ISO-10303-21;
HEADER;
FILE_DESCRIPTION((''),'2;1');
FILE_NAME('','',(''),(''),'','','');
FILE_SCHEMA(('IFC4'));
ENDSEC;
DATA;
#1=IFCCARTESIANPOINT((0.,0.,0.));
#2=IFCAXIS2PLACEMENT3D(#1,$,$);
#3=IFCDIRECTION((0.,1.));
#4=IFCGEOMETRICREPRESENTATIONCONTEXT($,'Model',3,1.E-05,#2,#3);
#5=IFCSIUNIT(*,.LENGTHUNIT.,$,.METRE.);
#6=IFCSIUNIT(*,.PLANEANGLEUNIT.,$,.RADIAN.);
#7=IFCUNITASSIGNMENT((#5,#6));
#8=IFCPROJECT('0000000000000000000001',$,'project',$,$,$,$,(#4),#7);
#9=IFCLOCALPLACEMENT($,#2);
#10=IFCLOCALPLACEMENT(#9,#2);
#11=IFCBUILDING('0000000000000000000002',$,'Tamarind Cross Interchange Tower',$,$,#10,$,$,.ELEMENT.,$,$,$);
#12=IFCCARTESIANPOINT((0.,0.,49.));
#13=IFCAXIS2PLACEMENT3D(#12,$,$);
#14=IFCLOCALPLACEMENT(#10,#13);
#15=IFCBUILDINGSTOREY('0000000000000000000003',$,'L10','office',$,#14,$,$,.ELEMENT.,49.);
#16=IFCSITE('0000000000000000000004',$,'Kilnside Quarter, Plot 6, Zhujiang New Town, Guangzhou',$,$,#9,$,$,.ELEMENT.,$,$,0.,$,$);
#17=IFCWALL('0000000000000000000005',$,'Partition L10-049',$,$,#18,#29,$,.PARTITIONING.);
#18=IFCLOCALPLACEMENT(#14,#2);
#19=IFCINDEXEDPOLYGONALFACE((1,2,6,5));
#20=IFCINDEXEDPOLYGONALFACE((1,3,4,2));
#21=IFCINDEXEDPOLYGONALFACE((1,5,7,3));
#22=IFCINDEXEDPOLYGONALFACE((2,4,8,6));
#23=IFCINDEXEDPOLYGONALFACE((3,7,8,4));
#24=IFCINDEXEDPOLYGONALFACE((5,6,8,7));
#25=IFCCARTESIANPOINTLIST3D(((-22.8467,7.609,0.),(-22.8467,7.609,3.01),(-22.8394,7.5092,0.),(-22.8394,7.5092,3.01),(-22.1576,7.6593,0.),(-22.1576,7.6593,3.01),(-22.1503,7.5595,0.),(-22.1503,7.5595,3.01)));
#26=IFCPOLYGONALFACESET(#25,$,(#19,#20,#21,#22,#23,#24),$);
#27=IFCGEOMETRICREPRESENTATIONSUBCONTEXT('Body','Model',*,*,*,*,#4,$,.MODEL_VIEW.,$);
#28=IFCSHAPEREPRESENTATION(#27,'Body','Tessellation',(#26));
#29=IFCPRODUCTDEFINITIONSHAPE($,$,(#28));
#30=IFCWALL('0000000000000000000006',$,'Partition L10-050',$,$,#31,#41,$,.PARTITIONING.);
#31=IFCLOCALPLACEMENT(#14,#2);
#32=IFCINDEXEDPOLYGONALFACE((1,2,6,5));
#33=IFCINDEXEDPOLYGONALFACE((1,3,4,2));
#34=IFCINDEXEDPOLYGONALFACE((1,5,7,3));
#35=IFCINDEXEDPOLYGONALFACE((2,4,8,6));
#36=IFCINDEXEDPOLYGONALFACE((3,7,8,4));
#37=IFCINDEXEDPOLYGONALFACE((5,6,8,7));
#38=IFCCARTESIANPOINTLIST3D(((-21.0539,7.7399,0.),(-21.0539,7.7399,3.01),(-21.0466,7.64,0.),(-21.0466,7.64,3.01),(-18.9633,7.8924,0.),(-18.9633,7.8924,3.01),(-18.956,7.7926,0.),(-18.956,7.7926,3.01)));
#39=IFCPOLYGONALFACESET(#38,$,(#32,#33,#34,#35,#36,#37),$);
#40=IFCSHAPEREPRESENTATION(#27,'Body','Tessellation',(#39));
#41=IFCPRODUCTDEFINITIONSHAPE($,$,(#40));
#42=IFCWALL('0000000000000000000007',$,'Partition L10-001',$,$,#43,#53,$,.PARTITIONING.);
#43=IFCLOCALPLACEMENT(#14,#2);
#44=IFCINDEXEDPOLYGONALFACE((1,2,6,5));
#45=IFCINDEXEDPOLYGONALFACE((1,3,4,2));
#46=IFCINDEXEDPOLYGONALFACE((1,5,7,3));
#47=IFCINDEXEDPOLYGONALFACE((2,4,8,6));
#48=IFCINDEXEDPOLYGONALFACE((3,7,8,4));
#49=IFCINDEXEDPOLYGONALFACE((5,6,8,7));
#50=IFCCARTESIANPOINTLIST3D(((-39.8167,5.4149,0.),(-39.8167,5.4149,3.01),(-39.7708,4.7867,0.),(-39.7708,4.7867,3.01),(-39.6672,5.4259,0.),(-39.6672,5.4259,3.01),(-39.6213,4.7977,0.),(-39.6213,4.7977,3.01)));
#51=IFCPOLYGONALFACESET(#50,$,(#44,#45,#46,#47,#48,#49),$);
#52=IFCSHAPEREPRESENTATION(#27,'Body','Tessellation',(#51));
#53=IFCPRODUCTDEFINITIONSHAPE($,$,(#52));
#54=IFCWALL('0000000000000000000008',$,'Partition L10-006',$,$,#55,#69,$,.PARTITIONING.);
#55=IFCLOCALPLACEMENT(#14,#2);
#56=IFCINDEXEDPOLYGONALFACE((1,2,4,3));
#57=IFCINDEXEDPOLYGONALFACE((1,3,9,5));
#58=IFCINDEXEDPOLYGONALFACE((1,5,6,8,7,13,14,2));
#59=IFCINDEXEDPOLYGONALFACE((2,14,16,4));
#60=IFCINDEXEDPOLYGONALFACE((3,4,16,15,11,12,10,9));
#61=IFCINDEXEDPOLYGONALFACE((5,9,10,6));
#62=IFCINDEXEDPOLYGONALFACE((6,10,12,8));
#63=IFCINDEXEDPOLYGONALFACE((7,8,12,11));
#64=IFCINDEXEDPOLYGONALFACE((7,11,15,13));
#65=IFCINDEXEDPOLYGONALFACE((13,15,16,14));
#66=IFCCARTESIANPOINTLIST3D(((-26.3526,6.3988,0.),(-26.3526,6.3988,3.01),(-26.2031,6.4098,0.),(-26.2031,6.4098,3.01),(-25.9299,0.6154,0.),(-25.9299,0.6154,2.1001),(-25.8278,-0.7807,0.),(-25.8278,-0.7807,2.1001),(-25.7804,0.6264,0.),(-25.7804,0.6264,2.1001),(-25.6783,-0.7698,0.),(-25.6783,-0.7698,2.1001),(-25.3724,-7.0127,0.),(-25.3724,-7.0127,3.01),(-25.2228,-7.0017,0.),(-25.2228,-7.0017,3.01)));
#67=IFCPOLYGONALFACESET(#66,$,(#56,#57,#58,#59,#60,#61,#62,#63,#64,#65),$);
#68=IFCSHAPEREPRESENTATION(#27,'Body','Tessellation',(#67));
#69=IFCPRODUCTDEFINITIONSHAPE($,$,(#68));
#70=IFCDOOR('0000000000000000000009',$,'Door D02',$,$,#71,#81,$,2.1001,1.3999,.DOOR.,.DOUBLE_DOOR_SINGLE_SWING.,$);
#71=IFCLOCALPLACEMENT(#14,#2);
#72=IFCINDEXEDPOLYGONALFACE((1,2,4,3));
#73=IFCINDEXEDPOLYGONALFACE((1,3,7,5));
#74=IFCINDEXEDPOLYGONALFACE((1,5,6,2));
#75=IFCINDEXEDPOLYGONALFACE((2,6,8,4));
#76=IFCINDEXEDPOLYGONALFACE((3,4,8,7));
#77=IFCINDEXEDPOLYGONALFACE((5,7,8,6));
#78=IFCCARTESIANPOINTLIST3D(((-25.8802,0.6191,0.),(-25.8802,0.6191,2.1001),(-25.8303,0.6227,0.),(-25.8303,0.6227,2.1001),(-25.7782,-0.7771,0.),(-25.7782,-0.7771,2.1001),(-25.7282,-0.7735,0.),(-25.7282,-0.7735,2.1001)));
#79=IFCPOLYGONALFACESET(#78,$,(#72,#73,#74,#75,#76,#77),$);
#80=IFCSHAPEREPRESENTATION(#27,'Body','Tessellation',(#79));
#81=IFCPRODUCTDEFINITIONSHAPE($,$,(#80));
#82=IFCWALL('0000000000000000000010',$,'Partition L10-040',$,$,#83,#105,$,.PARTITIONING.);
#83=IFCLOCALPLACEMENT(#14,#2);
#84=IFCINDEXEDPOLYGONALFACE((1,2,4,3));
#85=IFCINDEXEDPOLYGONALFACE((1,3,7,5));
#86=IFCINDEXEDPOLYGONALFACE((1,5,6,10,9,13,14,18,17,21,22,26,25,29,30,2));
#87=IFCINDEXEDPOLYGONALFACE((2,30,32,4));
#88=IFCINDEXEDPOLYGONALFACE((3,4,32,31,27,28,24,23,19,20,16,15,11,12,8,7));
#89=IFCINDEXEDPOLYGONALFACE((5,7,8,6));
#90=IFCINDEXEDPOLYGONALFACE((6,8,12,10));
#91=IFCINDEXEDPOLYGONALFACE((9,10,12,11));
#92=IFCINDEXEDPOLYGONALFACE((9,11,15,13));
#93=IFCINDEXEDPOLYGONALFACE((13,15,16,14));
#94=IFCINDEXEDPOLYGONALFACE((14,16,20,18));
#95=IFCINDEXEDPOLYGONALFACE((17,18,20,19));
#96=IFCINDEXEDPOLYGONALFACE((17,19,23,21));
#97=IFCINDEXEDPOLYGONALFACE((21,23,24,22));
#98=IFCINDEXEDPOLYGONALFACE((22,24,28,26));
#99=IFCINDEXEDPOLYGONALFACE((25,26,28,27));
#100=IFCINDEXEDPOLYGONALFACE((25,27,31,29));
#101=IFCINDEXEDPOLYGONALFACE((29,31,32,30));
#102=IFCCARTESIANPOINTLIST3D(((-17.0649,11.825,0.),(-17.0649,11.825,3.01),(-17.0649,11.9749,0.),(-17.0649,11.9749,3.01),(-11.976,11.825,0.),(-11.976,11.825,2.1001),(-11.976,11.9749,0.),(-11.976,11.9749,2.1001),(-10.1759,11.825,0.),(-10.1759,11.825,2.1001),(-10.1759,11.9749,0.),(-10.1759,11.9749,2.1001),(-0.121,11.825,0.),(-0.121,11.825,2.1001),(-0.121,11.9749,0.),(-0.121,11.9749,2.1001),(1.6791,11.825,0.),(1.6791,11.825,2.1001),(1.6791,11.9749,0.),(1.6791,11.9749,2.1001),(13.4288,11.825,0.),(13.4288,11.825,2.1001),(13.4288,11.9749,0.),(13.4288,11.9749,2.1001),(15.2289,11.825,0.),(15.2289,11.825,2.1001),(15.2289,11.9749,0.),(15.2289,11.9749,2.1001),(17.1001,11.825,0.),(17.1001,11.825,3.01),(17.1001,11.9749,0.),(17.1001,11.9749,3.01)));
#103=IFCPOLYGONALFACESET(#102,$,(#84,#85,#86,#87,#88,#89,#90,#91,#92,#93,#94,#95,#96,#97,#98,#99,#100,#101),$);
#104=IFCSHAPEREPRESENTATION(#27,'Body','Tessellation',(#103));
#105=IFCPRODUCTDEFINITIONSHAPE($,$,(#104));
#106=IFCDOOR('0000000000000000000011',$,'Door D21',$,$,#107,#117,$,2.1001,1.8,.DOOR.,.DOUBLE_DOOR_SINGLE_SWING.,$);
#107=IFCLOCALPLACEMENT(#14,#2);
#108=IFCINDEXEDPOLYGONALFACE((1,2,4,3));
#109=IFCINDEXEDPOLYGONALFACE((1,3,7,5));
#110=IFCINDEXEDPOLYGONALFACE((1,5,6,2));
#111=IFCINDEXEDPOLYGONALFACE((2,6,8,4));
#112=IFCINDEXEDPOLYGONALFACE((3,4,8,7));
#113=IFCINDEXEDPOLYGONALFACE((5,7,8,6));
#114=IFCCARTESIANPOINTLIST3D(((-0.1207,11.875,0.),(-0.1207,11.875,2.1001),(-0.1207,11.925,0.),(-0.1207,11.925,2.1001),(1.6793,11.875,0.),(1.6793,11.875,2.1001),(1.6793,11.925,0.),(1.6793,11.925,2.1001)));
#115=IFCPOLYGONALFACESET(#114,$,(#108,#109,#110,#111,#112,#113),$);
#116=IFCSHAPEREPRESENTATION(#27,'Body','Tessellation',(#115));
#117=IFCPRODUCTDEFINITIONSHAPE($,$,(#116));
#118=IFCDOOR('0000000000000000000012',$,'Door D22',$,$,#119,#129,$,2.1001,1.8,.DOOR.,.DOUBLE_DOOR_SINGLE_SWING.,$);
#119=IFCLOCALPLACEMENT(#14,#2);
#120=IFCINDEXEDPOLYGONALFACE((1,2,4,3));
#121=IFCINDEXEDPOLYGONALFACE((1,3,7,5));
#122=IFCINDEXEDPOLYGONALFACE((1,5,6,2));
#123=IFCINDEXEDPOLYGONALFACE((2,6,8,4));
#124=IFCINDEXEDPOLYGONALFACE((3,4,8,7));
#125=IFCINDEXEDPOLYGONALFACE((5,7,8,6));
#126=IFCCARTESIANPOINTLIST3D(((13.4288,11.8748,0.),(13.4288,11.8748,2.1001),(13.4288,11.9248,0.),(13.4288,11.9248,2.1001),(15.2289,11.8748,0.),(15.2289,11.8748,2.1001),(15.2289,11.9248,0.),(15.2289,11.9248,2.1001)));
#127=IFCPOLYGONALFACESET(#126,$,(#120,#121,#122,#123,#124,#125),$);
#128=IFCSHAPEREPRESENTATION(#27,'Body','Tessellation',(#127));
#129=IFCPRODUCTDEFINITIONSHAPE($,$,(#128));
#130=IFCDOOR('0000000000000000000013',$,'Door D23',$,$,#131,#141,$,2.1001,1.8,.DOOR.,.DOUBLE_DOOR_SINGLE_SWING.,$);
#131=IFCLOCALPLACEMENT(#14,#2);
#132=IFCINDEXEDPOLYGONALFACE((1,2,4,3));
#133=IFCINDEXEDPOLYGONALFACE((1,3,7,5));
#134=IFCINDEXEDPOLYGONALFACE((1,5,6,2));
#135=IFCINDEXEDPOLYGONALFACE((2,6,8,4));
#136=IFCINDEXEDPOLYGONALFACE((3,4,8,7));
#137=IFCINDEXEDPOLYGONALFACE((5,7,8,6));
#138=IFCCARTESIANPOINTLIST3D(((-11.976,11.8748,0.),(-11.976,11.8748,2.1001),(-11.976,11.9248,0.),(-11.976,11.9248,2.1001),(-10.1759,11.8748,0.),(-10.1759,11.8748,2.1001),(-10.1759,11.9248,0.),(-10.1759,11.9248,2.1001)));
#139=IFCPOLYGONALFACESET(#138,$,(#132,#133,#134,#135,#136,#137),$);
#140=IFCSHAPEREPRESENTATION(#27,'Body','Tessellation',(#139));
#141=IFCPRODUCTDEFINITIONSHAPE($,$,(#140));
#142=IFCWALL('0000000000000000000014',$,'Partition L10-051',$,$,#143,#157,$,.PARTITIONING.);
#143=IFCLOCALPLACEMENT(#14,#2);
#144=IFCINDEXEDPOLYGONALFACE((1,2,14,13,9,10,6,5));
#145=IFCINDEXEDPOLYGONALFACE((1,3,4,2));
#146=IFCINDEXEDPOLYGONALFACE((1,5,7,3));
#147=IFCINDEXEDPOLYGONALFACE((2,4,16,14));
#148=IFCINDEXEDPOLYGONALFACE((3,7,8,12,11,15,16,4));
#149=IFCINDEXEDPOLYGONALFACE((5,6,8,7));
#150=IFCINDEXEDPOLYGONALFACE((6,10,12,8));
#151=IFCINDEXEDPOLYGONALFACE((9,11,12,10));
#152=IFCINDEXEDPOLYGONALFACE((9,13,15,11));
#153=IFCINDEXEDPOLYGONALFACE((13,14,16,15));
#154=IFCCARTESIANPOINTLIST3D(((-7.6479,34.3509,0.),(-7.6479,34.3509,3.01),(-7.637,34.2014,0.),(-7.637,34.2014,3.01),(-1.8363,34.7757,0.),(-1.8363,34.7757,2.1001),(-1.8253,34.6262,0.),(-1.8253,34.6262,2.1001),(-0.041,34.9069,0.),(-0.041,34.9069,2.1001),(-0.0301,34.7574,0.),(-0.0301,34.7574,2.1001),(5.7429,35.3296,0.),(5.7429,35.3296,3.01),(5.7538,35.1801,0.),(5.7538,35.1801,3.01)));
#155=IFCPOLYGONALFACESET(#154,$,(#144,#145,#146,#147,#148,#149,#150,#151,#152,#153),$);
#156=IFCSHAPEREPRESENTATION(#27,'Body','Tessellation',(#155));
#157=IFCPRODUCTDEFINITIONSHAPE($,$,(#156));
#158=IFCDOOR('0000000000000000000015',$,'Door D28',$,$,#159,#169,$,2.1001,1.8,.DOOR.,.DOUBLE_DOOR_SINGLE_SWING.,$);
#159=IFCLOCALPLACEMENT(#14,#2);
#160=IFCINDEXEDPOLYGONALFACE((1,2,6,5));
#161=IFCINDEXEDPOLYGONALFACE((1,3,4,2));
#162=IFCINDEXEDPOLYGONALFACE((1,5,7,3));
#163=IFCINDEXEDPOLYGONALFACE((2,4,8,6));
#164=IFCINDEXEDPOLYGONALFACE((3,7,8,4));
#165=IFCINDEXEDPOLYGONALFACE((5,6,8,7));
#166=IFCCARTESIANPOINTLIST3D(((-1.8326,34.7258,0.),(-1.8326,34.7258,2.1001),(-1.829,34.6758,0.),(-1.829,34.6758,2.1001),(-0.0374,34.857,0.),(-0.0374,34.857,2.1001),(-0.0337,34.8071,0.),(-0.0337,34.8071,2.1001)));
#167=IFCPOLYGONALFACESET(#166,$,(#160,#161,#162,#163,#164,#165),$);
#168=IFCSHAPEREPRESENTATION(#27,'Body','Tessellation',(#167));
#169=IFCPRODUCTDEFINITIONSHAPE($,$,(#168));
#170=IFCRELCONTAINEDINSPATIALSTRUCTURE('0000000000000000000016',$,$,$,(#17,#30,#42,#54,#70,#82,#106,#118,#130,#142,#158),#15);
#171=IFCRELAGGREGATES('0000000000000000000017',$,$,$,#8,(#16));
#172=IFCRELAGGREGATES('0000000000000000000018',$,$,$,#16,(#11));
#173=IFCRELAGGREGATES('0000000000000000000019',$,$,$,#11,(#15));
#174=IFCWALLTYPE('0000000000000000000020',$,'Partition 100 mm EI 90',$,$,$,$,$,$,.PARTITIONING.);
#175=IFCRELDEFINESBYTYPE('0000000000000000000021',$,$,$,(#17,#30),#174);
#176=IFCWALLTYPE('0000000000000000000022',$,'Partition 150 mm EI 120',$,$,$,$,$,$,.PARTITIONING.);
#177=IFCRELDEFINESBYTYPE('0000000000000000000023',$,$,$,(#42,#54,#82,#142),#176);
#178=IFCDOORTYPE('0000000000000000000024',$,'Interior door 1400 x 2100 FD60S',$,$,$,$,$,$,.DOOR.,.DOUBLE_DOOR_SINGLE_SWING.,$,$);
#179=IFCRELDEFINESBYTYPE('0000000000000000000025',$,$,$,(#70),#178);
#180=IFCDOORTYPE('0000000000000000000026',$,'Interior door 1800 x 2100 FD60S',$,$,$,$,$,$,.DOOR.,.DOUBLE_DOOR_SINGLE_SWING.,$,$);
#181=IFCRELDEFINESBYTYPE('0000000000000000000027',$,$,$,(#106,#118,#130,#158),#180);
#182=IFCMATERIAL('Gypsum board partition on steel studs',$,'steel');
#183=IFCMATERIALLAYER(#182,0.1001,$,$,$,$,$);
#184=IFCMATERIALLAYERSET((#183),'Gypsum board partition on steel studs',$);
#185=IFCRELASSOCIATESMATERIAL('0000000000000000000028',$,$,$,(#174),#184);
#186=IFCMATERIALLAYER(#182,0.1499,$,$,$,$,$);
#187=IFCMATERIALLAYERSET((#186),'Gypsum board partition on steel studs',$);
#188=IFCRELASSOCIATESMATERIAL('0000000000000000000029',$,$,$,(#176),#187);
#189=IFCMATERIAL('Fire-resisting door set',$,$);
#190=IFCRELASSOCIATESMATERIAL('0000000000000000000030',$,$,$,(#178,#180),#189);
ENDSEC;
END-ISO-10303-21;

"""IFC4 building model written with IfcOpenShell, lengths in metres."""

from ifc_helpers import new_model, si_unit, direction, frame, frame_2d, origin, place, context, subcontext, project, spatial, rectangle, extrude, material, layer, layer_set, type_object, element, fill, save


model = new_model("IFC4")

# Units and contexts
model_context = context("Model", 3, precision=1e-05, world=origin(), true_north=direction((0.0, 1.0)))
body_context = subcontext(model_context, "Body", "Model", "MODEL_VIEW")
ifc_project = project(units=[si_unit("LENGTHUNIT", "METRE"), si_unit("PLANEANGLEUNIT", "RADIAN")], contexts=[model_context])

# Site, building, storey
site_placement = place(None, origin())
site = spatial("IfcSite", under=ifc_project, at=site_placement, Name="Kilnside Quarter, Plot 6, Zhujiang New Town, Guangzhou", CompositionType="ELEMENT", RefElevation=0.0)
building_placement = place(site_placement, origin())
building = spatial("IfcBuilding", under=site, at=building_placement, Name="Tamarind Cross Interchange Tower", CompositionType="ELEMENT")
storey_placement = place(building_placement, frame((0.0, 0.0, 49.0)))
storey = spatial("IfcBuildingStorey", under=building, at=storey_placement, Name="L10", Description="office", CompositionType="ELEMENT", Elevation=49.0)

# Walls
ifc_material_1 = material(Name="Gypsum board partition on steel studs", Category="steel")
ifc_layer_1 = layer(ifc_material_1, 0.1001)
ifc_layer_set_1 = layer_set([ifc_layer_1], Name="Gypsum board partition on steel studs")
wall_type_1 = type_object("IfcWallType", Name="Partition 100 mm EI 90", PredefinedType="PARTITIONING", material=ifc_layer_set_1)
wall_1_placement = place(storey_placement, frame((-22.843, 7.5591, 0.0), z_axis=(0.0, 0.0, 1.0), x_axis=(0.997346, 0.072804, 0.0)))
element("IfcWall", 1, at=wall_1_placement, inside=storey, type_object=wall_type_1, Name="Partition L10-049", PredefinedType="PARTITIONING", context=body_context, shape_type="SweptSolid", body=[
    extrude(rectangle(XDim=0.6909, YDim=0.1001, at=frame_2d((0.3455, 0.0))), origin(), (0.0, 0.0, 1.0), 3.01),
])
wall_2_placement = place(storey_placement, frame((-21.0503, 7.6899, 0.0), z_axis=(0.0, 0.0, 1.0), x_axis=(0.997347, 0.072795, 0.0)))
element("IfcWall", 2, at=wall_2_placement, inside=storey, type_object=wall_type_1, Name="Partition L10-050", PredefinedType="PARTITIONING", context=body_context, shape_type="SweptSolid", body=[
    extrude(rectangle(XDim=2.0962, YDim=0.1001, at=frame_2d((1.0481, 0.0))), origin(), (0.0, 0.0, 1.0), 3.01),
])
ifc_layer_2 = layer(ifc_material_1, 0.1499)
ifc_layer_set_2 = layer_set([ifc_layer_2], Name="Gypsum board partition on steel studs")
wall_type_2 = type_object("IfcWallType", Name="Partition 150 mm EI 120", PredefinedType="PARTITIONING", material=ifc_layer_set_2)
wall_3_placement = place(storey_placement, frame((-39.7419, 5.4204, 0.0), z_axis=(0.0, 0.0, 1.0), x_axis=(0.072872, -0.997341, 0.0)))
element("IfcWall", 3, at=wall_3_placement, inside=storey, type_object=wall_type_2, Name="Partition L10-001", PredefinedType="PARTITIONING", context=body_context, shape_type="SweptSolid", body=[
    extrude(rectangle(XDim=0.6299, YDim=0.1499, at=frame_2d((0.3149, 0.0))), origin(), (0.0, 0.0, 1.0), 3.01),
])

# Wall, opening, door
wall_4_placement = place(storey_placement, frame((-26.2778, 6.4043, 0.0), z_axis=(0.0, 0.0, 1.0), x_axis=(0.072895, -0.99734, 0.0)))
wall_4 = element("IfcWall", 4, at=wall_4_placement, inside=storey, type_object=wall_type_2, Name="Partition L10-006", PredefinedType="PARTITIONING", context=body_context, shape_type="SweptSolid", body=[
    extrude(rectangle(XDim=13.4473, YDim=0.1499, at=frame_2d((6.7236, 0.0))), origin(), (0.0, 0.0, 1.0), 3.01),
])
opening_1_placement = place(wall_4_placement, frame((5.7988, 0.0, 0.0)))
opening_1 = element("IfcOpeningElement", 5, at=opening_1_placement, cuts=wall_4, PredefinedType="OPENING", context=body_context, shape_type="SweptSolid", body=[
    extrude(rectangle(XDim=1.3999, YDim=2.1001, at=frame_2d((0.7, 1.05))), frame((0.0, 0.085, 0.0), z_axis=(0.0, -1.0, 0.0), x_axis=(1.0, 0.0, 0.0)), (0.0, 0.0, 1.0), 0.1699),
])
ifc_material_2 = material(Name="Fire-resisting door set")
door_type_1 = type_object("IfcDoorType", Name="Interior door 1400 x 2100 FD60S", OperationType="DOUBLE_DOOR_SINGLE_SWING", PredefinedType="DOOR", material=ifc_material_2)
door_1_placement = place(opening_1_placement, origin())
door_1 = element("IfcDoor", 6, at=door_1_placement, inside=storey, type_object=door_type_1, Name="Door D02", OperationType="DOUBLE_DOOR_SINGLE_SWING", OverallHeight=2.1001, OverallWidth=1.3999, PredefinedType="DOOR", context=body_context, shape_type="SweptSolid", body=[
    extrude(rectangle(XDim=1.3999, YDim=2.1001, at=frame_2d((0.7, 1.05))), frame((0.0, 0.0249, 0.0), z_axis=(0.0, -1.0, 0.0), x_axis=(1.0, 0.0, 0.0)), (0.0, 0.0, 1.0), 0.05),
])
fill(opening_1, door_1)

# Wall, openings, doors
wall_5_placement = place(storey_placement, frame((-17.0649, 11.8999, 0.0), z_axis=(0.0, 0.0, 1.0), x_axis=(1.0, 0.0, 0.0)))
wall_5 = element("IfcWall", 7, at=wall_5_placement, inside=storey, type_object=wall_type_2, Name="Partition L10-040", PredefinedType="PARTITIONING", context=body_context, shape_type="SweptSolid", body=[
    extrude(rectangle(XDim=34.165, YDim=0.1499, at=frame_2d((17.0825, 0.0))), origin(), (0.0, 0.0, 1.0), 3.01),
])
opening_2_placement = place(wall_5_placement, frame((16.9441, 0.0, 0.0)))
opening_2 = element("IfcOpeningElement", 8, at=opening_2_placement, cuts=wall_5, PredefinedType="OPENING", context=body_context, shape_type="SweptSolid", body=[
    extrude(rectangle(XDim=1.8, YDim=2.1001, at=frame_2d((0.8999, 1.05))), frame((0.0, 0.085, 0.0), z_axis=(0.0, -1.0, 0.0), x_axis=(1.0, 0.0, 0.0)), (0.0, 0.0, 1.0), 0.1699),
])
opening_3_placement = place(wall_5_placement, frame((30.4939, 0.0, 0.0)))
opening_3 = element("IfcOpeningElement", 9, at=opening_3_placement, cuts=wall_5, PredefinedType="OPENING", context=body_context, shape_type="SweptSolid", body=[
    extrude(rectangle(XDim=1.8, YDim=2.1001, at=frame_2d((0.8999, 1.05))), frame((0.0, 0.085, 0.0), z_axis=(0.0, -1.0, 0.0), x_axis=(1.0, 0.0, 0.0)), (0.0, 0.0, 1.0), 0.1699),
])
opening_4_placement = place(wall_5_placement, frame((5.0891, 0.0, 0.0)))
opening_4 = element("IfcOpeningElement", 10, at=opening_4_placement, cuts=wall_5, PredefinedType="OPENING", context=body_context, shape_type="SweptSolid", body=[
    extrude(rectangle(XDim=1.8, YDim=2.1001, at=frame_2d((0.8999, 1.05))), frame((0.0, 0.085, 0.0), z_axis=(0.0, -1.0, 0.0), x_axis=(1.0, 0.0, 0.0)), (0.0, 0.0, 1.0), 0.1699),
])
door_type_2 = type_object("IfcDoorType", Name="Interior door 1800 x 2100 FD60S", OperationType="DOUBLE_DOOR_SINGLE_SWING", PredefinedType="DOOR", material=ifc_material_2)
door_2_placement = place(opening_2_placement, frame((1.8, 0.0, 0.0), z_axis=(0.0, 0.0, 1.0), x_axis=(-1.0, 0.0, 0.0)))
door_2 = element("IfcDoor", 11, at=door_2_placement, inside=storey, type_object=door_type_2, Name="Door D21", OperationType="DOUBLE_DOOR_SINGLE_SWING", OverallHeight=2.1001, OverallWidth=1.8, PredefinedType="DOOR", context=body_context, shape_type="SweptSolid", body=[
    extrude(rectangle(XDim=1.8, YDim=2.1001, at=frame_2d((0.8999, 1.05))), frame((0.0, 0.0249, 0.0), z_axis=(0.0, -1.0, 0.0), x_axis=(1.0, 0.0, 0.0)), (0.0, 0.0, 1.0), 0.05),
])
fill(opening_2, door_2)
door_3_placement = place(opening_3_placement, origin())
door_3 = element("IfcDoor", 12, at=door_3_placement, inside=storey, type_object=door_type_2, Name="Door D22", OperationType="DOUBLE_DOOR_SINGLE_SWING", OverallHeight=2.1001, OverallWidth=1.8, PredefinedType="DOOR", context=body_context, shape_type="SweptSolid", body=[
    extrude(rectangle(XDim=1.8, YDim=2.1001, at=frame_2d((0.8999, 1.05))), frame((0.0, 0.0249, 0.0), z_axis=(0.0, -1.0, 0.0), x_axis=(1.0, 0.0, 0.0)), (0.0, 0.0, 1.0), 0.05),
])
fill(opening_3, door_3)
door_4_placement = place(opening_4_placement, origin())
door_4 = element("IfcDoor", 13, at=door_4_placement, inside=storey, type_object=door_type_2, Name="Door D23", OperationType="DOUBLE_DOOR_SINGLE_SWING", OverallHeight=2.1001, OverallWidth=1.8, PredefinedType="DOOR", context=body_context, shape_type="SweptSolid", body=[
    extrude(rectangle(XDim=1.8, YDim=2.1001, at=frame_2d((0.8999, 1.05))), frame((0.0, 0.0249, 0.0), z_axis=(0.0, -1.0, 0.0), x_axis=(1.0, 0.0, 0.0)), (0.0, 0.0, 1.0), 0.05),
])
fill(opening_4, door_4)

# Wall, opening, door
wall_6_placement = place(storey_placement, frame((-7.6426, 34.2761, 0.0), z_axis=(0.0, 0.0, 1.0), x_axis=(0.997339, 0.072897, 0.0)))
wall_6 = element("IfcWall", 14, at=wall_6_placement, inside=storey, type_object=wall_type_2, Name="Partition L10-051", PredefinedType="PARTITIONING", context=body_context, shape_type="SweptSolid", body=[
    extrude(rectangle(XDim=13.4265, YDim=0.1499, at=frame_2d((6.7134, 0.0))), origin(), (0.0, 0.0, 1.0), 3.01),
])
opening_5_placement = place(wall_6_placement, frame((5.8274, 0.0, 0.0)))
opening_5 = element("IfcOpeningElement", 15, at=opening_5_placement, cuts=wall_6, PredefinedType="OPENING", context=body_context, shape_type="SweptSolid", body=[
    extrude(rectangle(XDim=1.8, YDim=2.1001, at=frame_2d((0.8999, 1.05))), frame((0.0, 0.085, 0.0), z_axis=(0.0, -1.0, 0.0), x_axis=(1.0, 0.0, 0.0)), (0.0, 0.0, 1.0), 0.1699),
])
door_5_placement = place(opening_5_placement, origin())
door_5 = element("IfcDoor", 16, at=door_5_placement, inside=storey, type_object=door_type_2, Name="Door D28", OperationType="DOUBLE_DOOR_SINGLE_SWING", OverallHeight=2.1001, OverallWidth=1.8, PredefinedType="DOOR", context=body_context, shape_type="SweptSolid", body=[
    extrude(rectangle(XDim=1.8, YDim=2.1001, at=frame_2d((0.8999, 1.05))), frame((0.0, 0.0249, 0.0), z_axis=(0.0, -1.0, 0.0), x_axis=(1.0, 0.0, 0.0)), (0.0, 0.0, 1.0), 0.05),
])
fill(opening_5, door_5)

save(model, "model.ifc")
